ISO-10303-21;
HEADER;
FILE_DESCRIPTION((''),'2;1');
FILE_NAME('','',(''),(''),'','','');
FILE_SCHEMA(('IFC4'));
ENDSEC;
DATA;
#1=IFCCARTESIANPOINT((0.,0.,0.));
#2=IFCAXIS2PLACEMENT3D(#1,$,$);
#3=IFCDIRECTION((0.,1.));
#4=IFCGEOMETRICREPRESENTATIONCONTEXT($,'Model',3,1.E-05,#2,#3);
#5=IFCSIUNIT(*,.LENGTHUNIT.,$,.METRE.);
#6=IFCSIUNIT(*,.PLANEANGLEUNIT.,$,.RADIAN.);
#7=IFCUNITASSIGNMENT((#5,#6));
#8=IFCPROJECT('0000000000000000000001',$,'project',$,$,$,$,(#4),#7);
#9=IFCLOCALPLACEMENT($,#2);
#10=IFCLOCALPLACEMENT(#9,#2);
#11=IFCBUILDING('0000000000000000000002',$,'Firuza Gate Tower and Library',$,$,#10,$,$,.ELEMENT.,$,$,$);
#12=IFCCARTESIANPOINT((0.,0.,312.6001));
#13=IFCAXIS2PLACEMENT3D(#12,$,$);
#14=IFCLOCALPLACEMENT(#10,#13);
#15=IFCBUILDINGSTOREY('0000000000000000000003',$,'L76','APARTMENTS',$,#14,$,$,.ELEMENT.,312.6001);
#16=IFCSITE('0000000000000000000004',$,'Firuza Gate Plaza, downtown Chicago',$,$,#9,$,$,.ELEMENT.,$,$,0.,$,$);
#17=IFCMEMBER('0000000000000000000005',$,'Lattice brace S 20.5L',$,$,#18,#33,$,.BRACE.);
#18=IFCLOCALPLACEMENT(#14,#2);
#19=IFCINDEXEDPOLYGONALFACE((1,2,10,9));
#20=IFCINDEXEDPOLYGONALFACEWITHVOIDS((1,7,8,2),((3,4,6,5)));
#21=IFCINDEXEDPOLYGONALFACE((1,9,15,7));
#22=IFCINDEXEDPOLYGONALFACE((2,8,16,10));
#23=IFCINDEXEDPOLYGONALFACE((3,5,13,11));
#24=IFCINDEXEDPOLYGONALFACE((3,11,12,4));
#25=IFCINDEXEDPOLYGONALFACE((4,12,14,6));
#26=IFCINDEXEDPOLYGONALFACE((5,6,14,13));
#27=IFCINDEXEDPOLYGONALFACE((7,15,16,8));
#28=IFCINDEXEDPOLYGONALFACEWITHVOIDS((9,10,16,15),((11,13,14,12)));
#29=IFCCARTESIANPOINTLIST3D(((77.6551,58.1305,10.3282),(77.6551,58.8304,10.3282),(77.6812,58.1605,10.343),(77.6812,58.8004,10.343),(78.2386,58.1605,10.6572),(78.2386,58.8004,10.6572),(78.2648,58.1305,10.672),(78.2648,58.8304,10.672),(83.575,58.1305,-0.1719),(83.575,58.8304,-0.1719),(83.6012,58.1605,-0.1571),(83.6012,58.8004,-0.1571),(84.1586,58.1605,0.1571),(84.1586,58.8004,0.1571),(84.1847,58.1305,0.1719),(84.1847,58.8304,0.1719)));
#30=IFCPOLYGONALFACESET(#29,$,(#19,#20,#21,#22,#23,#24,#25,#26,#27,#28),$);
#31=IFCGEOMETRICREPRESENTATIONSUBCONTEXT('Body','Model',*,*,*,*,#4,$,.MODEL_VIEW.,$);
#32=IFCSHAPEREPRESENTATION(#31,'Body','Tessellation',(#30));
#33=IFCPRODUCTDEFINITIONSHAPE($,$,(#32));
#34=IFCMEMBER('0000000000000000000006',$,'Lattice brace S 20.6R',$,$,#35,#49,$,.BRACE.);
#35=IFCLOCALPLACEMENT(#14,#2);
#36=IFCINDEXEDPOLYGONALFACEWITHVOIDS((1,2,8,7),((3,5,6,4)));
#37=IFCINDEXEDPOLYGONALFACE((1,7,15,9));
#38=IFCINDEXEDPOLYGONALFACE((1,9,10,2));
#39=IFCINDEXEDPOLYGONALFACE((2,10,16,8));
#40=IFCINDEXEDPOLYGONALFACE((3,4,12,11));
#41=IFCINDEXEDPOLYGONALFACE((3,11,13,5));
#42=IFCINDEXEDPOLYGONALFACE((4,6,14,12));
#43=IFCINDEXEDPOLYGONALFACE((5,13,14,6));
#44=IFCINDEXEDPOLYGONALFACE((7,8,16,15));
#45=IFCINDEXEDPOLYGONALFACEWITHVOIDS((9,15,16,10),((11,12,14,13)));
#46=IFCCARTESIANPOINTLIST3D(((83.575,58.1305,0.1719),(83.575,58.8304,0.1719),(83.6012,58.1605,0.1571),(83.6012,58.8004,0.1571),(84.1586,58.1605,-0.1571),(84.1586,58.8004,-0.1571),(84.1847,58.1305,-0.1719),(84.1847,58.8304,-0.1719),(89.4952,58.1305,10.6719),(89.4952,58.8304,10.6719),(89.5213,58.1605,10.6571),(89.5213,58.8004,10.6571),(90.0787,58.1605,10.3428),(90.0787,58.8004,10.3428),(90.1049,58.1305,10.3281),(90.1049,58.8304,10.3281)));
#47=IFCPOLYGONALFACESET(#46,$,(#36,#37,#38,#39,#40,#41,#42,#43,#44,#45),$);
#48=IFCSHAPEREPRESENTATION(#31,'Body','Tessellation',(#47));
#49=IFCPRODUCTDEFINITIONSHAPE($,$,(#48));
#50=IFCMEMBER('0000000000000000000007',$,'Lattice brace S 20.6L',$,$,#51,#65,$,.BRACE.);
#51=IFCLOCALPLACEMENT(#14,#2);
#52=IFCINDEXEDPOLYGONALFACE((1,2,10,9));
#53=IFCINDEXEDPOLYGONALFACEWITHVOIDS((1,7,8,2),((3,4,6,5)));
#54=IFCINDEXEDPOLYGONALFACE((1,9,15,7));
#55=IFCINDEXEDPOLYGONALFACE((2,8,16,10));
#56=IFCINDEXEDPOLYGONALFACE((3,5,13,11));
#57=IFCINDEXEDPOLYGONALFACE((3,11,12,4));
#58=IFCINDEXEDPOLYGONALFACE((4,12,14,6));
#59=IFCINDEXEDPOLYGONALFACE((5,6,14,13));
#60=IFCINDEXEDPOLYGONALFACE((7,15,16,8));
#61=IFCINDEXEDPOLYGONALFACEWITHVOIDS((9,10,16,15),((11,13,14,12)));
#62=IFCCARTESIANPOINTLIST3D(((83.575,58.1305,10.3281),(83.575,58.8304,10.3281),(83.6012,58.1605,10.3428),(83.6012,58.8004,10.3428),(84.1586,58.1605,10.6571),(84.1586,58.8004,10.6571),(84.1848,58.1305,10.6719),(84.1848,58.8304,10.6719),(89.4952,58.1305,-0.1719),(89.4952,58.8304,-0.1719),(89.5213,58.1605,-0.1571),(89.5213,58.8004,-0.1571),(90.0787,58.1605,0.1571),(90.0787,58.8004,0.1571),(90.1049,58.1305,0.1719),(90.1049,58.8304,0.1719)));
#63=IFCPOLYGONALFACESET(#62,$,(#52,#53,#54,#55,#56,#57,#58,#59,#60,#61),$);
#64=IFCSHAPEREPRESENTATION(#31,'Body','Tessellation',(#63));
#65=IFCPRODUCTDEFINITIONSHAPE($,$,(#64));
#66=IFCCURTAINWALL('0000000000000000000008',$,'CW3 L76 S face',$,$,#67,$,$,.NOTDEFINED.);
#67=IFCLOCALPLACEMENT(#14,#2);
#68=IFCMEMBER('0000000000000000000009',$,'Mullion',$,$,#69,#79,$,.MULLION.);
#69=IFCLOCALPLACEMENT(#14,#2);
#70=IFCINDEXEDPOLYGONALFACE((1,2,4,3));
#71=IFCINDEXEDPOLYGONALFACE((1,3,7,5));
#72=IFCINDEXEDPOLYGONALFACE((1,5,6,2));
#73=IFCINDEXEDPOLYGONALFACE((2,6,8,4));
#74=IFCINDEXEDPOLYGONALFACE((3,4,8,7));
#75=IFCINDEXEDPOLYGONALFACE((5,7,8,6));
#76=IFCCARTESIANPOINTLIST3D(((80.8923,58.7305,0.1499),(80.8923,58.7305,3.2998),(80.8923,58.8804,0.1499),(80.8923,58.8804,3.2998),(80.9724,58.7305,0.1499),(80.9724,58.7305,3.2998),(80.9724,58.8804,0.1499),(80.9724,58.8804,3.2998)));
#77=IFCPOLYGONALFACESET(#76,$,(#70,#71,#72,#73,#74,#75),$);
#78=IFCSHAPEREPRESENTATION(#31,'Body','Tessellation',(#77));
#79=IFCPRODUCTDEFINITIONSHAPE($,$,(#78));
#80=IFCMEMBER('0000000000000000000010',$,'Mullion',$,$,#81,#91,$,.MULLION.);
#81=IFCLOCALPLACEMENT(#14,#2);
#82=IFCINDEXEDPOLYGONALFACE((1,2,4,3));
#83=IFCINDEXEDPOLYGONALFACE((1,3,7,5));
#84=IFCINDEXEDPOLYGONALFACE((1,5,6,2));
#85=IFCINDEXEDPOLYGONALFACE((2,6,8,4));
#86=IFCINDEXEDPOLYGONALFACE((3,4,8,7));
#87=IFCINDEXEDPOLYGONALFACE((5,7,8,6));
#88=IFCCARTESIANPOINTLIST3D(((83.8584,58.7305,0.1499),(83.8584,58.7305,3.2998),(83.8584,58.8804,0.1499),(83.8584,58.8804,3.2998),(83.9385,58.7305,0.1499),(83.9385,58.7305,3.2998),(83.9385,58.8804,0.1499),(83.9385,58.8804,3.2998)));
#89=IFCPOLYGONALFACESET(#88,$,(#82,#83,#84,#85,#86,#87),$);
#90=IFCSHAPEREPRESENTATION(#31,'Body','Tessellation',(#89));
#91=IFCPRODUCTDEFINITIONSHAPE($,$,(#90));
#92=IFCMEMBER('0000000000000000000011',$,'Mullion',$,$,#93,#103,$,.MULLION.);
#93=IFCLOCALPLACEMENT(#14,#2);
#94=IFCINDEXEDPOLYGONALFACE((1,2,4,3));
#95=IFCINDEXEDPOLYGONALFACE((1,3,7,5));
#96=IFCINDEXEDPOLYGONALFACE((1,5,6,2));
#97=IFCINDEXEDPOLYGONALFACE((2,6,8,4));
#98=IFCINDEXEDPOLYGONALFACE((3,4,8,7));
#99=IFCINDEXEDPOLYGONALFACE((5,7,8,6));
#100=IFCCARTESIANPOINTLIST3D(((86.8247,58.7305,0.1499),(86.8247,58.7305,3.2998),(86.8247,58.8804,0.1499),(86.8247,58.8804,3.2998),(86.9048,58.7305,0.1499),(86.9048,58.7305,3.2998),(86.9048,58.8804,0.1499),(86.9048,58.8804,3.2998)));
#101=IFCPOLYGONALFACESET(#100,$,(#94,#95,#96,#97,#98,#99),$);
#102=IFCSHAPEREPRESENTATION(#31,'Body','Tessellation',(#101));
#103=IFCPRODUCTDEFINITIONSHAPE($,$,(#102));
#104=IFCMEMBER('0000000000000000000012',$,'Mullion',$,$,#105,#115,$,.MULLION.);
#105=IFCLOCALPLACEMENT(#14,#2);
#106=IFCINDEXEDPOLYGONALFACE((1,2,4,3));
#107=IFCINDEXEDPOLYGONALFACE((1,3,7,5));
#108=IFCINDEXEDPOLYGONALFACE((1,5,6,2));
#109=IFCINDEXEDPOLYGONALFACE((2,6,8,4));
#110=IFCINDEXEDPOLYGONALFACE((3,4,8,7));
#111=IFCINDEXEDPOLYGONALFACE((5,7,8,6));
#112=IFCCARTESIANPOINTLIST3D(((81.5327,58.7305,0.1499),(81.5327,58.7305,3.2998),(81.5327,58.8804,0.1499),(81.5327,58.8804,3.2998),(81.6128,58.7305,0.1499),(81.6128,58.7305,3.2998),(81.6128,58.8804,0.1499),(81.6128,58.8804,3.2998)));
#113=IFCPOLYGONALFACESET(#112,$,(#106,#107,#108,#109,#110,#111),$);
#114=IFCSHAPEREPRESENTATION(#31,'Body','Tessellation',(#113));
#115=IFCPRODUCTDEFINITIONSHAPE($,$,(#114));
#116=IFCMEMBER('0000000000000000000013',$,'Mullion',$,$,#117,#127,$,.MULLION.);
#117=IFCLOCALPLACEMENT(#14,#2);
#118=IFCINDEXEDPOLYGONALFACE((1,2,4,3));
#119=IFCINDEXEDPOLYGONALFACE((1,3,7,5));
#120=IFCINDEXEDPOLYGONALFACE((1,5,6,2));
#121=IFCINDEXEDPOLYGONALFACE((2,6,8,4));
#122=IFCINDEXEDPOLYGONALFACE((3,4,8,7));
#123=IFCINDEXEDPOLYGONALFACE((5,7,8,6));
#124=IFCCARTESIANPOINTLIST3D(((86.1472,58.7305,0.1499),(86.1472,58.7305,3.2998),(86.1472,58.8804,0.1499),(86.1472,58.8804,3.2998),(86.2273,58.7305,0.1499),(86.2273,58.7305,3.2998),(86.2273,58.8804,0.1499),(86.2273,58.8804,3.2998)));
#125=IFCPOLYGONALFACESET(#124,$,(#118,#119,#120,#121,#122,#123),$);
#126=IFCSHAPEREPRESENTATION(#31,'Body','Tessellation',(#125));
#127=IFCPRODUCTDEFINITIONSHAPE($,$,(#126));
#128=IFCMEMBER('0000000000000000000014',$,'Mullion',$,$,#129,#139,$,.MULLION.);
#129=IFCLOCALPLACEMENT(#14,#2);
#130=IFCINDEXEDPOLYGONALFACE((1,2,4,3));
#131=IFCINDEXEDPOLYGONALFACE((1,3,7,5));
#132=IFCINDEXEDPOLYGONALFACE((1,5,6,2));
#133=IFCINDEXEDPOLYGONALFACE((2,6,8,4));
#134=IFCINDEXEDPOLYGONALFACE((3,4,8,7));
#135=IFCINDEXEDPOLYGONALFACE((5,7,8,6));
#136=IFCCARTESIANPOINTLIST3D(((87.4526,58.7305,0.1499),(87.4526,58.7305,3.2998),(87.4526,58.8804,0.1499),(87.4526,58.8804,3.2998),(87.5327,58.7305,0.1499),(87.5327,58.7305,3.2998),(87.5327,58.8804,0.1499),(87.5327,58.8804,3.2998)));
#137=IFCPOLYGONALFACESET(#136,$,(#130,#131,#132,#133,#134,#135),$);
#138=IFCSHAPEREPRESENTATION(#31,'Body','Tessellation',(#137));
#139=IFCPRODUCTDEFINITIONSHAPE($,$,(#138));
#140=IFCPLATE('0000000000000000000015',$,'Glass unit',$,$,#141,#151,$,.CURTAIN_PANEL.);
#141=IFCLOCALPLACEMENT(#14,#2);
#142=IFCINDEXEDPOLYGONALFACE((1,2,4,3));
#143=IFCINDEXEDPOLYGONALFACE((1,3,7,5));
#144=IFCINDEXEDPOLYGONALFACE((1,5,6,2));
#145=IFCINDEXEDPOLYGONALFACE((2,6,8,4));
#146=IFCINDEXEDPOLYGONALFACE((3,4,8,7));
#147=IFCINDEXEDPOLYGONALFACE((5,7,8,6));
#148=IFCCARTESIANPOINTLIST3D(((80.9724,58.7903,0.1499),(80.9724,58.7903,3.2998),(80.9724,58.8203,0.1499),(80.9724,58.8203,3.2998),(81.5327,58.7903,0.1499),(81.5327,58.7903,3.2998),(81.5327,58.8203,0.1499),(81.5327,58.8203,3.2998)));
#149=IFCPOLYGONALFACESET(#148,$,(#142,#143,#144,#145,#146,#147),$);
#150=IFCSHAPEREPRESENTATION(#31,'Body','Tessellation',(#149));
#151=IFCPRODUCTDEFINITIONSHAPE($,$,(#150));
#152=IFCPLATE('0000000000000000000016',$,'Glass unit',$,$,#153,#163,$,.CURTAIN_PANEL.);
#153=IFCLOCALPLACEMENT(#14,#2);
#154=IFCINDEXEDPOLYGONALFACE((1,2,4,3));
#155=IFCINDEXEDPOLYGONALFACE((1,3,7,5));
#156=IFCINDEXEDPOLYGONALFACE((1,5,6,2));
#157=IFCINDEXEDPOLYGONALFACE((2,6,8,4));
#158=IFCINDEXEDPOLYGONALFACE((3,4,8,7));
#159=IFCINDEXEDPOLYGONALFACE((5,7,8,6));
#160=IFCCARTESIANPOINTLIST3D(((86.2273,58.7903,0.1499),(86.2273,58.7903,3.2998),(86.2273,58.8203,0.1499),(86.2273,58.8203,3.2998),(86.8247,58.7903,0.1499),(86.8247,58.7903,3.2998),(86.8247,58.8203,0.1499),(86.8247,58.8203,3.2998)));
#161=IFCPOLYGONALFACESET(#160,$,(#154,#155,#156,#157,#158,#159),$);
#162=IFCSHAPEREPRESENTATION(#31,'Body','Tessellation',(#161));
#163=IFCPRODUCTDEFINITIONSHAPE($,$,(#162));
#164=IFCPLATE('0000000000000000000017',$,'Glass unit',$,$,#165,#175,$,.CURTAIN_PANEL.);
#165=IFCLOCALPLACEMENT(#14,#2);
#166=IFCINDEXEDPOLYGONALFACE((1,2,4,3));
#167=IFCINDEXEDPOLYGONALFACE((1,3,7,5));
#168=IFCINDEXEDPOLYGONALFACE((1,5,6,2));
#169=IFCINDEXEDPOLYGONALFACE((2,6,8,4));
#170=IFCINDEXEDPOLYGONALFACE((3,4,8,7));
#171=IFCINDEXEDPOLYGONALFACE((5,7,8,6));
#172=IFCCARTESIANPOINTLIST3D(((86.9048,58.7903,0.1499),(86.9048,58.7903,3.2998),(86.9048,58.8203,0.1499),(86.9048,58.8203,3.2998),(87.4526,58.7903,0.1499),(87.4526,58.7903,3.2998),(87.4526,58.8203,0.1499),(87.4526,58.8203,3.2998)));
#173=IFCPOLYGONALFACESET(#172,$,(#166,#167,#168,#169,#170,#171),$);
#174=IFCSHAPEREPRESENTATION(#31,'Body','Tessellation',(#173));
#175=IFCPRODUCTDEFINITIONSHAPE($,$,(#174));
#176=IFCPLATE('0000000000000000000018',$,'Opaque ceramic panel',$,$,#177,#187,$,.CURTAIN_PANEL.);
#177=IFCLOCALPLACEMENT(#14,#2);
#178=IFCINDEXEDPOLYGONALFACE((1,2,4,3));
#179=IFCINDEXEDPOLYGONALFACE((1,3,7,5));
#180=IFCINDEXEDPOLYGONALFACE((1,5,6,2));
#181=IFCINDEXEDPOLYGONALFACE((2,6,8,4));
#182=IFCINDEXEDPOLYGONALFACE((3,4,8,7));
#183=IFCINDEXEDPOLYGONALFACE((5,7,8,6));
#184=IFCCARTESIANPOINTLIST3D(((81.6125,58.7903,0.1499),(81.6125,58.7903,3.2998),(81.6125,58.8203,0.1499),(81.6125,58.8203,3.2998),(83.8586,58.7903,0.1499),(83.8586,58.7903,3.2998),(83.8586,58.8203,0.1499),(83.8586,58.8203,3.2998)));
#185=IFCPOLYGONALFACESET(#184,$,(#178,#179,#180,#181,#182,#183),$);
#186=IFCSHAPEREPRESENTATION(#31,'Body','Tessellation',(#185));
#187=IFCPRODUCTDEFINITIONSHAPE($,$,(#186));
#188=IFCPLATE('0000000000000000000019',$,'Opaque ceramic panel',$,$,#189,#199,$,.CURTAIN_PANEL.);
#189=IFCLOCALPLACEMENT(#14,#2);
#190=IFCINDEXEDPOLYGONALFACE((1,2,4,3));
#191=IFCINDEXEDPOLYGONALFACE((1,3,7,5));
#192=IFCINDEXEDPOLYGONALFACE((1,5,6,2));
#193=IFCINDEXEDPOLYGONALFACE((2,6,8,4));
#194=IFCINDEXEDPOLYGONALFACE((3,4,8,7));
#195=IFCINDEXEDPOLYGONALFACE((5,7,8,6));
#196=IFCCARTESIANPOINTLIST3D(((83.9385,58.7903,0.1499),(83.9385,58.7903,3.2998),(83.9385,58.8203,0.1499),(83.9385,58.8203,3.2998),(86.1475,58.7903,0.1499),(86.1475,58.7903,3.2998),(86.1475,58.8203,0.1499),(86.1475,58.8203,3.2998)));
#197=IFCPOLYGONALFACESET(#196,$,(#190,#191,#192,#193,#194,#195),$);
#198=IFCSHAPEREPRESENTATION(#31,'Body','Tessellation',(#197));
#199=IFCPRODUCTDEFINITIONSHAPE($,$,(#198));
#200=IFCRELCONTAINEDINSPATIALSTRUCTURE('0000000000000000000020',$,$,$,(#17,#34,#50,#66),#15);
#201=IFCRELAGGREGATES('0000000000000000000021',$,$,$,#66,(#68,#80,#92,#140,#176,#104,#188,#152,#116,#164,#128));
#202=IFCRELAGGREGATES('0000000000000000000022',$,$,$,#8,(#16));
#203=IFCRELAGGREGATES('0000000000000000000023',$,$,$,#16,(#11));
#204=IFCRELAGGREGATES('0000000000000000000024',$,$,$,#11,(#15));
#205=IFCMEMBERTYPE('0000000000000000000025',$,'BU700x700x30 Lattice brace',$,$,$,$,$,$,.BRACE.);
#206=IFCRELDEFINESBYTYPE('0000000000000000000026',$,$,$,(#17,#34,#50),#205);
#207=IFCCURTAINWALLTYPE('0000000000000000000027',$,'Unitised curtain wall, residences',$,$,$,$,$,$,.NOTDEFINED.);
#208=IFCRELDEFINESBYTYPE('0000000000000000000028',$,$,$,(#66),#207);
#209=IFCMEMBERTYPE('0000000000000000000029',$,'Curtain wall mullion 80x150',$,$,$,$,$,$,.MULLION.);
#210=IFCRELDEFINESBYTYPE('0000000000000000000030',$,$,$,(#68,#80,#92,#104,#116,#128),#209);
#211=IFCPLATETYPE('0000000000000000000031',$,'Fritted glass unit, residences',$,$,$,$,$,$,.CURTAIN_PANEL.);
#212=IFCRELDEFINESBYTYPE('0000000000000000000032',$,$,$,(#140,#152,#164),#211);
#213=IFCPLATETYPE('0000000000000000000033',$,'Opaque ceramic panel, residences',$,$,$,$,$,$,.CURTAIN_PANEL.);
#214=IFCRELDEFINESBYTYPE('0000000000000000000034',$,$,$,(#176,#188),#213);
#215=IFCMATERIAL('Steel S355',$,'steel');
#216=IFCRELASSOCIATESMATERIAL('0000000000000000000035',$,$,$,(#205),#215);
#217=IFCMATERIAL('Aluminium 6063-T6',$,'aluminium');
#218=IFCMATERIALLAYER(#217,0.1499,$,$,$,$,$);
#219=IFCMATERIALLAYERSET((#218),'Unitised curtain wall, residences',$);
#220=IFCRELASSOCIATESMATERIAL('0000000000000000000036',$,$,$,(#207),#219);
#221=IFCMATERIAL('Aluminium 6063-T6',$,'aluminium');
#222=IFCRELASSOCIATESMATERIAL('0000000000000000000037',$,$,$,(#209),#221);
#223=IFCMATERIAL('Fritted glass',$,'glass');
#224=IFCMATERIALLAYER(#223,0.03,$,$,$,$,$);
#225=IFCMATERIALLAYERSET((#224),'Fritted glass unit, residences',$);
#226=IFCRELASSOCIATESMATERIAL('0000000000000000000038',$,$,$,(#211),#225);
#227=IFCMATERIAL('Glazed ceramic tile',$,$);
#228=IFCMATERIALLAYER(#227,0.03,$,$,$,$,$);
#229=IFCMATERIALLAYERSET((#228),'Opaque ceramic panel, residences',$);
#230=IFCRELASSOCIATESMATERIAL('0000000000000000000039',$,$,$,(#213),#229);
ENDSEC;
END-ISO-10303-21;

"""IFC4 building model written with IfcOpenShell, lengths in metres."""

from ifc_helpers import new_model, si_unit, direction, frame, origin, origin_2d, place, context, subcontext, project, spatial, polyline, rectangle, hollow_rectangle, outline, extrude, material, layer, layer_set, material_profile, profile_set, type_object, element, aggregate, save


model = new_model("IFC4")

# Units and contexts
model_context = context("Model", 3, precision=1e-05, world=origin(), true_north=direction((0.0, 1.0)))
body_context = subcontext(model_context, "Body", "Model", "MODEL_VIEW")
ifc_project = project(units=[si_unit("LENGTHUNIT", "METRE"), si_unit("PLANEANGLEUNIT", "RADIAN")], contexts=[model_context])

# Site, building, storey
site_placement = place(None, origin())
site = spatial("IfcSite", under=ifc_project, at=site_placement, Name="Firuza Gate Plaza, downtown Chicago", CompositionType="ELEMENT", RefElevation=0.0)
building_placement = place(site_placement, origin())
building = spatial("IfcBuilding", under=site, at=building_placement, Name="Firuza Gate Tower and Library", CompositionType="ELEMENT")
storey_placement = place(building_placement, frame((0.0, 0.0, 312.6001)))
storey = spatial("IfcBuildingStorey", under=building, at=storey_placement, Name="L76", Description="APARTMENTS", CompositionType="ELEMENT", Elevation=312.6001)

# Members
ifc_material_1 = material(Name="Steel S355", Category="steel")
ifc_material_profile_1 = material_profile(ifc_material_1, hollow_rectangle(XDim=0.7, YDim=0.7, WallThickness=0.03, at=origin_2d()))
ifc_profile_set_1 = profile_set([ifc_material_profile_1], Name="Steel S355")
member_type_1 = type_object("IfcMemberType", Name="BU700x700x30 Lattice brace", PredefinedType="BRACE", material=ifc_profile_set_1)
for number, where, z_axis, x_axis, name in (
    (1, (83.8799, 58.4805, 0.0), (-0.491123, 0.0, 0.87109), (0.0, -1.0, 0.0), "Lattice brace S 20.5L"),
    (2, (83.8799, 58.4805, 0.0), (0.491138, 0.0, 0.871082), (0.0, 1.0, 0.0), "Lattice brace S 20.6R"),
    (3, (89.8, 58.4805, 0.0), (-0.491138, 0.0, 0.871082), (0.0, -1.0, 0.0), "Lattice brace S 20.6L"),
):
    element("IfcMember", number, at=place(storey_placement, frame(where, z_axis=z_axis, x_axis=x_axis)), inside=storey, type_object=member_type_1, Name=name, PredefinedType="BRACE", context=body_context, shape_type="SweptSolid", body=[
        extrude(hollow_rectangle(XDim=0.7, YDim=0.7, WallThickness=0.03, at=origin_2d()), origin(), (0.0, 0.0, 1.0), 12.054),
    ])

# Curtain wall, members, plates
ifc_material_2 = material(Name="Aluminium 6063-T6", Category="aluminium")
ifc_layer_1 = layer(ifc_material_2, 0.1499)
ifc_layer_set_1 = layer_set([ifc_layer_1], Name="Unitised curtain wall, residences")
curtain_wall_type = type_object("IfcCurtainWallType", Name="Unitised curtain wall, residences", PredefinedType="NOTDEFINED", material=ifc_layer_set_1)
curtain_wall_placement = place(storey_placement, origin())
curtain_wall = element("IfcCurtainWall", 4, at=curtain_wall_placement, inside=storey, type_object=curtain_wall_type, Name="CW3 L76 S face", PredefinedType="NOTDEFINED")
ifc_material_3 = material(Name="Aluminium 6063-T6", Category="aluminium")
ifc_material_profile_2 = material_profile(ifc_material_3, rectangle(XDim=0.1499, YDim=0.0801, at=origin_2d()))
ifc_profile_set_2 = profile_set([ifc_material_profile_2], Name="Aluminium 6063-T6")
member_type_2 = type_object("IfcMemberType", Name="Curtain wall mullion 80x150", PredefinedType="MULLION", material=ifc_profile_set_2)
member_1_placement = place(storey_placement, frame((80.9324, 58.8054, 0.1499), z_axis=(0.0, 0.0, 1.0), x_axis=(0.0, 1.0, 0.0)))
member_1 = element("IfcMember", 5, at=member_1_placement, type_object=member_type_2, Name="Mullion", PredefinedType="MULLION", context=body_context, shape_type="SweptSolid", body=[
    extrude(rectangle(XDim=0.1499, YDim=0.0801, at=origin_2d()), origin(), (0.0, 0.0, 1.0), 3.1499),
])
member_2_placement = place(storey_placement, frame((83.8984, 58.8054, 0.1499), z_axis=(0.0, 0.0, 1.0), x_axis=(0.0, 1.0, 0.0)))
member_2 = element("IfcMember", 6, at=member_2_placement, type_object=member_type_2, Name="Mullion", PredefinedType="MULLION", context=body_context, shape_type="SweptSolid", body=[
    extrude(rectangle(XDim=0.1499, YDim=0.0801, at=origin_2d()), origin(), (0.0, 0.0, 1.0), 3.1499),
])
member_3_placement = place(storey_placement, frame((86.8647, 58.8054, 0.1499), z_axis=(0.0, 0.0, 1.0), x_axis=(0.0, 1.0, 0.0)))
member_3 = element("IfcMember", 7, at=member_3_placement, type_object=member_type_2, Name="Mullion", PredefinedType="MULLION", context=body_context, shape_type="SweptSolid", body=[
    extrude(rectangle(XDim=0.1499, YDim=0.0801, at=origin_2d()), origin(), (0.0, 0.0, 1.0), 3.1499),
])
member_4_placement = place(storey_placement, frame((81.5728, 58.8054, 0.1499), z_axis=(0.0, 0.0, 1.0), x_axis=(0.0, 1.0, 0.0)))
member_4 = element("IfcMember", 8, at=member_4_placement, type_object=member_type_2, Name="Mullion", PredefinedType="MULLION", context=body_context, shape_type="SweptSolid", body=[
    extrude(rectangle(XDim=0.1499, YDim=0.0801, at=origin_2d()), origin(), (0.0, 0.0, 1.0), 3.1499),
])
member_5_placement = place(storey_placement, frame((86.1873, 58.8054, 0.1499), z_axis=(0.0, 0.0, 1.0), x_axis=(0.0, 1.0, 0.0)))
member_5 = element("IfcMember", 9, at=member_5_placement, type_object=member_type_2, Name="Mullion", PredefinedType="MULLION", context=body_context, shape_type="SweptSolid", body=[
    extrude(rectangle(XDim=0.1499, YDim=0.0801, at=origin_2d()), origin(), (0.0, 0.0, 1.0), 3.1499),
])
member_6_placement = place(storey_placement, frame((87.4927, 58.8054, 0.1499), z_axis=(0.0, 0.0, 1.0), x_axis=(0.0, 1.0, 0.0)))
member_6 = element("IfcMember", 10, at=member_6_placement, type_object=member_type_2, Name="Mullion", PredefinedType="MULLION", context=body_context, shape_type="SweptSolid", body=[
    extrude(rectangle(XDim=0.1499, YDim=0.0801, at=origin_2d()), origin(), (0.0, 0.0, 1.0), 3.1499),
])
ifc_material_4 = material(Name="Fritted glass", Category="glass")
ifc_layer_2 = layer(ifc_material_4, 0.03)
ifc_layer_set_2 = layer_set([ifc_layer_2], Name="Fritted glass unit, residences")
plate_type_1 = type_object("IfcPlateType", Name="Fritted glass unit, residences", PredefinedType="CURTAIN_PANEL", material=ifc_layer_set_2)
plate_1_placement = place(storey_placement, frame((80.9724, 58.7903, 0.1499), z_axis=(0.0, -1.0, 0.0), x_axis=(1.0, 0.0, 0.0)))
plate_1 = element("IfcPlate", 11, at=plate_1_placement, type_object=plate_type_1, Name="Glass unit", PredefinedType="CURTAIN_PANEL", context=body_context, shape_type="SweptSolid", body=[
    extrude(outline(polyline([(0.0, 0.0), (0.5603, 0.0), (0.5603, 3.1499), (0.0, 3.1499), (0.0, 0.0)])), origin(), (0.0, 0.0, -1.0), 0.03),
])
plate_2_placement = place(storey_placement, frame((86.2273, 58.7903, 0.1499), z_axis=(0.0, -1.0, 0.0), x_axis=(1.0, 0.0, 0.0)))
plate_2 = element("IfcPlate", 12, at=plate_2_placement, type_object=plate_type_1, Name="Glass unit", PredefinedType="CURTAIN_PANEL", context=body_context, shape_type="SweptSolid", body=[
    extrude(outline(polyline([(0.0, 0.0), (0.5974, 0.0), (0.5974, 3.1499), (0.0, 3.1499), (0.0, 0.0)])), origin(), (0.0, 0.0, -1.0), 0.03),
])
plate_3_placement = place(storey_placement, frame((86.9048, 58.7903, 0.1499), z_axis=(0.0, -1.0, 0.0), x_axis=(1.0, 0.0, 0.0)))
plate_3 = element("IfcPlate", 13, at=plate_3_placement, type_object=plate_type_1, Name="Glass unit", PredefinedType="CURTAIN_PANEL", context=body_context, shape_type="SweptSolid", body=[
    extrude(outline(polyline([(0.0, 0.0), (0.5479, 0.0), (0.5479, 3.1499), (0.0, 3.1499), (0.0, 0.0)])), origin(), (0.0, 0.0, -1.0), 0.03),
])
ifc_material_5 = material(Name="Glazed ceramic tile")
ifc_layer_3 = layer(ifc_material_5, 0.03)
ifc_layer_set_3 = layer_set([ifc_layer_3], Name="Opaque ceramic panel, residences")
plate_type_2 = type_object("IfcPlateType", Name="Opaque ceramic panel, residences", PredefinedType="CURTAIN_PANEL", material=ifc_layer_set_3)
plate_4_placement = place(storey_placement, frame((81.6125, 58.7903, 0.1499), z_axis=(0.0, -1.0, 0.0), x_axis=(1.0, 0.0, 0.0)))
plate_4 = element("IfcPlate", 14, at=plate_4_placement, type_object=plate_type_2, Name="Opaque ceramic panel", PredefinedType="CURTAIN_PANEL", context=body_context, shape_type="SweptSolid", body=[
    extrude(outline(polyline([(0.0, 0.0), (2.2461, 0.0), (2.2461, 3.1499), (0.0, 3.1499), (0.0, 0.0)])), origin(), (0.0, 0.0, -1.0), 0.03),
])
plate_5_placement = place(storey_placement, frame((83.9385, 58.7903, 0.1499), z_axis=(0.0, -1.0, 0.0), x_axis=(1.0, 0.0, 0.0)))
plate_5 = element("IfcPlate", 15, at=plate_5_placement, type_object=plate_type_2, Name="Opaque ceramic panel", PredefinedType="CURTAIN_PANEL", context=body_context, shape_type="SweptSolid", body=[
    extrude(outline(polyline([(0.0, 0.0), (2.209, 0.0), (2.209, 3.1499), (0.0, 3.1499), (0.0, 0.0)])), origin(), (0.0, 0.0, -1.0), 0.03),
])
aggregate(curtain_wall, [member_1, member_2, member_3, plate_1, plate_4, member_4, plate_5, plate_2, member_5, plate_3, member_6])

save(model, "model.ifc")
